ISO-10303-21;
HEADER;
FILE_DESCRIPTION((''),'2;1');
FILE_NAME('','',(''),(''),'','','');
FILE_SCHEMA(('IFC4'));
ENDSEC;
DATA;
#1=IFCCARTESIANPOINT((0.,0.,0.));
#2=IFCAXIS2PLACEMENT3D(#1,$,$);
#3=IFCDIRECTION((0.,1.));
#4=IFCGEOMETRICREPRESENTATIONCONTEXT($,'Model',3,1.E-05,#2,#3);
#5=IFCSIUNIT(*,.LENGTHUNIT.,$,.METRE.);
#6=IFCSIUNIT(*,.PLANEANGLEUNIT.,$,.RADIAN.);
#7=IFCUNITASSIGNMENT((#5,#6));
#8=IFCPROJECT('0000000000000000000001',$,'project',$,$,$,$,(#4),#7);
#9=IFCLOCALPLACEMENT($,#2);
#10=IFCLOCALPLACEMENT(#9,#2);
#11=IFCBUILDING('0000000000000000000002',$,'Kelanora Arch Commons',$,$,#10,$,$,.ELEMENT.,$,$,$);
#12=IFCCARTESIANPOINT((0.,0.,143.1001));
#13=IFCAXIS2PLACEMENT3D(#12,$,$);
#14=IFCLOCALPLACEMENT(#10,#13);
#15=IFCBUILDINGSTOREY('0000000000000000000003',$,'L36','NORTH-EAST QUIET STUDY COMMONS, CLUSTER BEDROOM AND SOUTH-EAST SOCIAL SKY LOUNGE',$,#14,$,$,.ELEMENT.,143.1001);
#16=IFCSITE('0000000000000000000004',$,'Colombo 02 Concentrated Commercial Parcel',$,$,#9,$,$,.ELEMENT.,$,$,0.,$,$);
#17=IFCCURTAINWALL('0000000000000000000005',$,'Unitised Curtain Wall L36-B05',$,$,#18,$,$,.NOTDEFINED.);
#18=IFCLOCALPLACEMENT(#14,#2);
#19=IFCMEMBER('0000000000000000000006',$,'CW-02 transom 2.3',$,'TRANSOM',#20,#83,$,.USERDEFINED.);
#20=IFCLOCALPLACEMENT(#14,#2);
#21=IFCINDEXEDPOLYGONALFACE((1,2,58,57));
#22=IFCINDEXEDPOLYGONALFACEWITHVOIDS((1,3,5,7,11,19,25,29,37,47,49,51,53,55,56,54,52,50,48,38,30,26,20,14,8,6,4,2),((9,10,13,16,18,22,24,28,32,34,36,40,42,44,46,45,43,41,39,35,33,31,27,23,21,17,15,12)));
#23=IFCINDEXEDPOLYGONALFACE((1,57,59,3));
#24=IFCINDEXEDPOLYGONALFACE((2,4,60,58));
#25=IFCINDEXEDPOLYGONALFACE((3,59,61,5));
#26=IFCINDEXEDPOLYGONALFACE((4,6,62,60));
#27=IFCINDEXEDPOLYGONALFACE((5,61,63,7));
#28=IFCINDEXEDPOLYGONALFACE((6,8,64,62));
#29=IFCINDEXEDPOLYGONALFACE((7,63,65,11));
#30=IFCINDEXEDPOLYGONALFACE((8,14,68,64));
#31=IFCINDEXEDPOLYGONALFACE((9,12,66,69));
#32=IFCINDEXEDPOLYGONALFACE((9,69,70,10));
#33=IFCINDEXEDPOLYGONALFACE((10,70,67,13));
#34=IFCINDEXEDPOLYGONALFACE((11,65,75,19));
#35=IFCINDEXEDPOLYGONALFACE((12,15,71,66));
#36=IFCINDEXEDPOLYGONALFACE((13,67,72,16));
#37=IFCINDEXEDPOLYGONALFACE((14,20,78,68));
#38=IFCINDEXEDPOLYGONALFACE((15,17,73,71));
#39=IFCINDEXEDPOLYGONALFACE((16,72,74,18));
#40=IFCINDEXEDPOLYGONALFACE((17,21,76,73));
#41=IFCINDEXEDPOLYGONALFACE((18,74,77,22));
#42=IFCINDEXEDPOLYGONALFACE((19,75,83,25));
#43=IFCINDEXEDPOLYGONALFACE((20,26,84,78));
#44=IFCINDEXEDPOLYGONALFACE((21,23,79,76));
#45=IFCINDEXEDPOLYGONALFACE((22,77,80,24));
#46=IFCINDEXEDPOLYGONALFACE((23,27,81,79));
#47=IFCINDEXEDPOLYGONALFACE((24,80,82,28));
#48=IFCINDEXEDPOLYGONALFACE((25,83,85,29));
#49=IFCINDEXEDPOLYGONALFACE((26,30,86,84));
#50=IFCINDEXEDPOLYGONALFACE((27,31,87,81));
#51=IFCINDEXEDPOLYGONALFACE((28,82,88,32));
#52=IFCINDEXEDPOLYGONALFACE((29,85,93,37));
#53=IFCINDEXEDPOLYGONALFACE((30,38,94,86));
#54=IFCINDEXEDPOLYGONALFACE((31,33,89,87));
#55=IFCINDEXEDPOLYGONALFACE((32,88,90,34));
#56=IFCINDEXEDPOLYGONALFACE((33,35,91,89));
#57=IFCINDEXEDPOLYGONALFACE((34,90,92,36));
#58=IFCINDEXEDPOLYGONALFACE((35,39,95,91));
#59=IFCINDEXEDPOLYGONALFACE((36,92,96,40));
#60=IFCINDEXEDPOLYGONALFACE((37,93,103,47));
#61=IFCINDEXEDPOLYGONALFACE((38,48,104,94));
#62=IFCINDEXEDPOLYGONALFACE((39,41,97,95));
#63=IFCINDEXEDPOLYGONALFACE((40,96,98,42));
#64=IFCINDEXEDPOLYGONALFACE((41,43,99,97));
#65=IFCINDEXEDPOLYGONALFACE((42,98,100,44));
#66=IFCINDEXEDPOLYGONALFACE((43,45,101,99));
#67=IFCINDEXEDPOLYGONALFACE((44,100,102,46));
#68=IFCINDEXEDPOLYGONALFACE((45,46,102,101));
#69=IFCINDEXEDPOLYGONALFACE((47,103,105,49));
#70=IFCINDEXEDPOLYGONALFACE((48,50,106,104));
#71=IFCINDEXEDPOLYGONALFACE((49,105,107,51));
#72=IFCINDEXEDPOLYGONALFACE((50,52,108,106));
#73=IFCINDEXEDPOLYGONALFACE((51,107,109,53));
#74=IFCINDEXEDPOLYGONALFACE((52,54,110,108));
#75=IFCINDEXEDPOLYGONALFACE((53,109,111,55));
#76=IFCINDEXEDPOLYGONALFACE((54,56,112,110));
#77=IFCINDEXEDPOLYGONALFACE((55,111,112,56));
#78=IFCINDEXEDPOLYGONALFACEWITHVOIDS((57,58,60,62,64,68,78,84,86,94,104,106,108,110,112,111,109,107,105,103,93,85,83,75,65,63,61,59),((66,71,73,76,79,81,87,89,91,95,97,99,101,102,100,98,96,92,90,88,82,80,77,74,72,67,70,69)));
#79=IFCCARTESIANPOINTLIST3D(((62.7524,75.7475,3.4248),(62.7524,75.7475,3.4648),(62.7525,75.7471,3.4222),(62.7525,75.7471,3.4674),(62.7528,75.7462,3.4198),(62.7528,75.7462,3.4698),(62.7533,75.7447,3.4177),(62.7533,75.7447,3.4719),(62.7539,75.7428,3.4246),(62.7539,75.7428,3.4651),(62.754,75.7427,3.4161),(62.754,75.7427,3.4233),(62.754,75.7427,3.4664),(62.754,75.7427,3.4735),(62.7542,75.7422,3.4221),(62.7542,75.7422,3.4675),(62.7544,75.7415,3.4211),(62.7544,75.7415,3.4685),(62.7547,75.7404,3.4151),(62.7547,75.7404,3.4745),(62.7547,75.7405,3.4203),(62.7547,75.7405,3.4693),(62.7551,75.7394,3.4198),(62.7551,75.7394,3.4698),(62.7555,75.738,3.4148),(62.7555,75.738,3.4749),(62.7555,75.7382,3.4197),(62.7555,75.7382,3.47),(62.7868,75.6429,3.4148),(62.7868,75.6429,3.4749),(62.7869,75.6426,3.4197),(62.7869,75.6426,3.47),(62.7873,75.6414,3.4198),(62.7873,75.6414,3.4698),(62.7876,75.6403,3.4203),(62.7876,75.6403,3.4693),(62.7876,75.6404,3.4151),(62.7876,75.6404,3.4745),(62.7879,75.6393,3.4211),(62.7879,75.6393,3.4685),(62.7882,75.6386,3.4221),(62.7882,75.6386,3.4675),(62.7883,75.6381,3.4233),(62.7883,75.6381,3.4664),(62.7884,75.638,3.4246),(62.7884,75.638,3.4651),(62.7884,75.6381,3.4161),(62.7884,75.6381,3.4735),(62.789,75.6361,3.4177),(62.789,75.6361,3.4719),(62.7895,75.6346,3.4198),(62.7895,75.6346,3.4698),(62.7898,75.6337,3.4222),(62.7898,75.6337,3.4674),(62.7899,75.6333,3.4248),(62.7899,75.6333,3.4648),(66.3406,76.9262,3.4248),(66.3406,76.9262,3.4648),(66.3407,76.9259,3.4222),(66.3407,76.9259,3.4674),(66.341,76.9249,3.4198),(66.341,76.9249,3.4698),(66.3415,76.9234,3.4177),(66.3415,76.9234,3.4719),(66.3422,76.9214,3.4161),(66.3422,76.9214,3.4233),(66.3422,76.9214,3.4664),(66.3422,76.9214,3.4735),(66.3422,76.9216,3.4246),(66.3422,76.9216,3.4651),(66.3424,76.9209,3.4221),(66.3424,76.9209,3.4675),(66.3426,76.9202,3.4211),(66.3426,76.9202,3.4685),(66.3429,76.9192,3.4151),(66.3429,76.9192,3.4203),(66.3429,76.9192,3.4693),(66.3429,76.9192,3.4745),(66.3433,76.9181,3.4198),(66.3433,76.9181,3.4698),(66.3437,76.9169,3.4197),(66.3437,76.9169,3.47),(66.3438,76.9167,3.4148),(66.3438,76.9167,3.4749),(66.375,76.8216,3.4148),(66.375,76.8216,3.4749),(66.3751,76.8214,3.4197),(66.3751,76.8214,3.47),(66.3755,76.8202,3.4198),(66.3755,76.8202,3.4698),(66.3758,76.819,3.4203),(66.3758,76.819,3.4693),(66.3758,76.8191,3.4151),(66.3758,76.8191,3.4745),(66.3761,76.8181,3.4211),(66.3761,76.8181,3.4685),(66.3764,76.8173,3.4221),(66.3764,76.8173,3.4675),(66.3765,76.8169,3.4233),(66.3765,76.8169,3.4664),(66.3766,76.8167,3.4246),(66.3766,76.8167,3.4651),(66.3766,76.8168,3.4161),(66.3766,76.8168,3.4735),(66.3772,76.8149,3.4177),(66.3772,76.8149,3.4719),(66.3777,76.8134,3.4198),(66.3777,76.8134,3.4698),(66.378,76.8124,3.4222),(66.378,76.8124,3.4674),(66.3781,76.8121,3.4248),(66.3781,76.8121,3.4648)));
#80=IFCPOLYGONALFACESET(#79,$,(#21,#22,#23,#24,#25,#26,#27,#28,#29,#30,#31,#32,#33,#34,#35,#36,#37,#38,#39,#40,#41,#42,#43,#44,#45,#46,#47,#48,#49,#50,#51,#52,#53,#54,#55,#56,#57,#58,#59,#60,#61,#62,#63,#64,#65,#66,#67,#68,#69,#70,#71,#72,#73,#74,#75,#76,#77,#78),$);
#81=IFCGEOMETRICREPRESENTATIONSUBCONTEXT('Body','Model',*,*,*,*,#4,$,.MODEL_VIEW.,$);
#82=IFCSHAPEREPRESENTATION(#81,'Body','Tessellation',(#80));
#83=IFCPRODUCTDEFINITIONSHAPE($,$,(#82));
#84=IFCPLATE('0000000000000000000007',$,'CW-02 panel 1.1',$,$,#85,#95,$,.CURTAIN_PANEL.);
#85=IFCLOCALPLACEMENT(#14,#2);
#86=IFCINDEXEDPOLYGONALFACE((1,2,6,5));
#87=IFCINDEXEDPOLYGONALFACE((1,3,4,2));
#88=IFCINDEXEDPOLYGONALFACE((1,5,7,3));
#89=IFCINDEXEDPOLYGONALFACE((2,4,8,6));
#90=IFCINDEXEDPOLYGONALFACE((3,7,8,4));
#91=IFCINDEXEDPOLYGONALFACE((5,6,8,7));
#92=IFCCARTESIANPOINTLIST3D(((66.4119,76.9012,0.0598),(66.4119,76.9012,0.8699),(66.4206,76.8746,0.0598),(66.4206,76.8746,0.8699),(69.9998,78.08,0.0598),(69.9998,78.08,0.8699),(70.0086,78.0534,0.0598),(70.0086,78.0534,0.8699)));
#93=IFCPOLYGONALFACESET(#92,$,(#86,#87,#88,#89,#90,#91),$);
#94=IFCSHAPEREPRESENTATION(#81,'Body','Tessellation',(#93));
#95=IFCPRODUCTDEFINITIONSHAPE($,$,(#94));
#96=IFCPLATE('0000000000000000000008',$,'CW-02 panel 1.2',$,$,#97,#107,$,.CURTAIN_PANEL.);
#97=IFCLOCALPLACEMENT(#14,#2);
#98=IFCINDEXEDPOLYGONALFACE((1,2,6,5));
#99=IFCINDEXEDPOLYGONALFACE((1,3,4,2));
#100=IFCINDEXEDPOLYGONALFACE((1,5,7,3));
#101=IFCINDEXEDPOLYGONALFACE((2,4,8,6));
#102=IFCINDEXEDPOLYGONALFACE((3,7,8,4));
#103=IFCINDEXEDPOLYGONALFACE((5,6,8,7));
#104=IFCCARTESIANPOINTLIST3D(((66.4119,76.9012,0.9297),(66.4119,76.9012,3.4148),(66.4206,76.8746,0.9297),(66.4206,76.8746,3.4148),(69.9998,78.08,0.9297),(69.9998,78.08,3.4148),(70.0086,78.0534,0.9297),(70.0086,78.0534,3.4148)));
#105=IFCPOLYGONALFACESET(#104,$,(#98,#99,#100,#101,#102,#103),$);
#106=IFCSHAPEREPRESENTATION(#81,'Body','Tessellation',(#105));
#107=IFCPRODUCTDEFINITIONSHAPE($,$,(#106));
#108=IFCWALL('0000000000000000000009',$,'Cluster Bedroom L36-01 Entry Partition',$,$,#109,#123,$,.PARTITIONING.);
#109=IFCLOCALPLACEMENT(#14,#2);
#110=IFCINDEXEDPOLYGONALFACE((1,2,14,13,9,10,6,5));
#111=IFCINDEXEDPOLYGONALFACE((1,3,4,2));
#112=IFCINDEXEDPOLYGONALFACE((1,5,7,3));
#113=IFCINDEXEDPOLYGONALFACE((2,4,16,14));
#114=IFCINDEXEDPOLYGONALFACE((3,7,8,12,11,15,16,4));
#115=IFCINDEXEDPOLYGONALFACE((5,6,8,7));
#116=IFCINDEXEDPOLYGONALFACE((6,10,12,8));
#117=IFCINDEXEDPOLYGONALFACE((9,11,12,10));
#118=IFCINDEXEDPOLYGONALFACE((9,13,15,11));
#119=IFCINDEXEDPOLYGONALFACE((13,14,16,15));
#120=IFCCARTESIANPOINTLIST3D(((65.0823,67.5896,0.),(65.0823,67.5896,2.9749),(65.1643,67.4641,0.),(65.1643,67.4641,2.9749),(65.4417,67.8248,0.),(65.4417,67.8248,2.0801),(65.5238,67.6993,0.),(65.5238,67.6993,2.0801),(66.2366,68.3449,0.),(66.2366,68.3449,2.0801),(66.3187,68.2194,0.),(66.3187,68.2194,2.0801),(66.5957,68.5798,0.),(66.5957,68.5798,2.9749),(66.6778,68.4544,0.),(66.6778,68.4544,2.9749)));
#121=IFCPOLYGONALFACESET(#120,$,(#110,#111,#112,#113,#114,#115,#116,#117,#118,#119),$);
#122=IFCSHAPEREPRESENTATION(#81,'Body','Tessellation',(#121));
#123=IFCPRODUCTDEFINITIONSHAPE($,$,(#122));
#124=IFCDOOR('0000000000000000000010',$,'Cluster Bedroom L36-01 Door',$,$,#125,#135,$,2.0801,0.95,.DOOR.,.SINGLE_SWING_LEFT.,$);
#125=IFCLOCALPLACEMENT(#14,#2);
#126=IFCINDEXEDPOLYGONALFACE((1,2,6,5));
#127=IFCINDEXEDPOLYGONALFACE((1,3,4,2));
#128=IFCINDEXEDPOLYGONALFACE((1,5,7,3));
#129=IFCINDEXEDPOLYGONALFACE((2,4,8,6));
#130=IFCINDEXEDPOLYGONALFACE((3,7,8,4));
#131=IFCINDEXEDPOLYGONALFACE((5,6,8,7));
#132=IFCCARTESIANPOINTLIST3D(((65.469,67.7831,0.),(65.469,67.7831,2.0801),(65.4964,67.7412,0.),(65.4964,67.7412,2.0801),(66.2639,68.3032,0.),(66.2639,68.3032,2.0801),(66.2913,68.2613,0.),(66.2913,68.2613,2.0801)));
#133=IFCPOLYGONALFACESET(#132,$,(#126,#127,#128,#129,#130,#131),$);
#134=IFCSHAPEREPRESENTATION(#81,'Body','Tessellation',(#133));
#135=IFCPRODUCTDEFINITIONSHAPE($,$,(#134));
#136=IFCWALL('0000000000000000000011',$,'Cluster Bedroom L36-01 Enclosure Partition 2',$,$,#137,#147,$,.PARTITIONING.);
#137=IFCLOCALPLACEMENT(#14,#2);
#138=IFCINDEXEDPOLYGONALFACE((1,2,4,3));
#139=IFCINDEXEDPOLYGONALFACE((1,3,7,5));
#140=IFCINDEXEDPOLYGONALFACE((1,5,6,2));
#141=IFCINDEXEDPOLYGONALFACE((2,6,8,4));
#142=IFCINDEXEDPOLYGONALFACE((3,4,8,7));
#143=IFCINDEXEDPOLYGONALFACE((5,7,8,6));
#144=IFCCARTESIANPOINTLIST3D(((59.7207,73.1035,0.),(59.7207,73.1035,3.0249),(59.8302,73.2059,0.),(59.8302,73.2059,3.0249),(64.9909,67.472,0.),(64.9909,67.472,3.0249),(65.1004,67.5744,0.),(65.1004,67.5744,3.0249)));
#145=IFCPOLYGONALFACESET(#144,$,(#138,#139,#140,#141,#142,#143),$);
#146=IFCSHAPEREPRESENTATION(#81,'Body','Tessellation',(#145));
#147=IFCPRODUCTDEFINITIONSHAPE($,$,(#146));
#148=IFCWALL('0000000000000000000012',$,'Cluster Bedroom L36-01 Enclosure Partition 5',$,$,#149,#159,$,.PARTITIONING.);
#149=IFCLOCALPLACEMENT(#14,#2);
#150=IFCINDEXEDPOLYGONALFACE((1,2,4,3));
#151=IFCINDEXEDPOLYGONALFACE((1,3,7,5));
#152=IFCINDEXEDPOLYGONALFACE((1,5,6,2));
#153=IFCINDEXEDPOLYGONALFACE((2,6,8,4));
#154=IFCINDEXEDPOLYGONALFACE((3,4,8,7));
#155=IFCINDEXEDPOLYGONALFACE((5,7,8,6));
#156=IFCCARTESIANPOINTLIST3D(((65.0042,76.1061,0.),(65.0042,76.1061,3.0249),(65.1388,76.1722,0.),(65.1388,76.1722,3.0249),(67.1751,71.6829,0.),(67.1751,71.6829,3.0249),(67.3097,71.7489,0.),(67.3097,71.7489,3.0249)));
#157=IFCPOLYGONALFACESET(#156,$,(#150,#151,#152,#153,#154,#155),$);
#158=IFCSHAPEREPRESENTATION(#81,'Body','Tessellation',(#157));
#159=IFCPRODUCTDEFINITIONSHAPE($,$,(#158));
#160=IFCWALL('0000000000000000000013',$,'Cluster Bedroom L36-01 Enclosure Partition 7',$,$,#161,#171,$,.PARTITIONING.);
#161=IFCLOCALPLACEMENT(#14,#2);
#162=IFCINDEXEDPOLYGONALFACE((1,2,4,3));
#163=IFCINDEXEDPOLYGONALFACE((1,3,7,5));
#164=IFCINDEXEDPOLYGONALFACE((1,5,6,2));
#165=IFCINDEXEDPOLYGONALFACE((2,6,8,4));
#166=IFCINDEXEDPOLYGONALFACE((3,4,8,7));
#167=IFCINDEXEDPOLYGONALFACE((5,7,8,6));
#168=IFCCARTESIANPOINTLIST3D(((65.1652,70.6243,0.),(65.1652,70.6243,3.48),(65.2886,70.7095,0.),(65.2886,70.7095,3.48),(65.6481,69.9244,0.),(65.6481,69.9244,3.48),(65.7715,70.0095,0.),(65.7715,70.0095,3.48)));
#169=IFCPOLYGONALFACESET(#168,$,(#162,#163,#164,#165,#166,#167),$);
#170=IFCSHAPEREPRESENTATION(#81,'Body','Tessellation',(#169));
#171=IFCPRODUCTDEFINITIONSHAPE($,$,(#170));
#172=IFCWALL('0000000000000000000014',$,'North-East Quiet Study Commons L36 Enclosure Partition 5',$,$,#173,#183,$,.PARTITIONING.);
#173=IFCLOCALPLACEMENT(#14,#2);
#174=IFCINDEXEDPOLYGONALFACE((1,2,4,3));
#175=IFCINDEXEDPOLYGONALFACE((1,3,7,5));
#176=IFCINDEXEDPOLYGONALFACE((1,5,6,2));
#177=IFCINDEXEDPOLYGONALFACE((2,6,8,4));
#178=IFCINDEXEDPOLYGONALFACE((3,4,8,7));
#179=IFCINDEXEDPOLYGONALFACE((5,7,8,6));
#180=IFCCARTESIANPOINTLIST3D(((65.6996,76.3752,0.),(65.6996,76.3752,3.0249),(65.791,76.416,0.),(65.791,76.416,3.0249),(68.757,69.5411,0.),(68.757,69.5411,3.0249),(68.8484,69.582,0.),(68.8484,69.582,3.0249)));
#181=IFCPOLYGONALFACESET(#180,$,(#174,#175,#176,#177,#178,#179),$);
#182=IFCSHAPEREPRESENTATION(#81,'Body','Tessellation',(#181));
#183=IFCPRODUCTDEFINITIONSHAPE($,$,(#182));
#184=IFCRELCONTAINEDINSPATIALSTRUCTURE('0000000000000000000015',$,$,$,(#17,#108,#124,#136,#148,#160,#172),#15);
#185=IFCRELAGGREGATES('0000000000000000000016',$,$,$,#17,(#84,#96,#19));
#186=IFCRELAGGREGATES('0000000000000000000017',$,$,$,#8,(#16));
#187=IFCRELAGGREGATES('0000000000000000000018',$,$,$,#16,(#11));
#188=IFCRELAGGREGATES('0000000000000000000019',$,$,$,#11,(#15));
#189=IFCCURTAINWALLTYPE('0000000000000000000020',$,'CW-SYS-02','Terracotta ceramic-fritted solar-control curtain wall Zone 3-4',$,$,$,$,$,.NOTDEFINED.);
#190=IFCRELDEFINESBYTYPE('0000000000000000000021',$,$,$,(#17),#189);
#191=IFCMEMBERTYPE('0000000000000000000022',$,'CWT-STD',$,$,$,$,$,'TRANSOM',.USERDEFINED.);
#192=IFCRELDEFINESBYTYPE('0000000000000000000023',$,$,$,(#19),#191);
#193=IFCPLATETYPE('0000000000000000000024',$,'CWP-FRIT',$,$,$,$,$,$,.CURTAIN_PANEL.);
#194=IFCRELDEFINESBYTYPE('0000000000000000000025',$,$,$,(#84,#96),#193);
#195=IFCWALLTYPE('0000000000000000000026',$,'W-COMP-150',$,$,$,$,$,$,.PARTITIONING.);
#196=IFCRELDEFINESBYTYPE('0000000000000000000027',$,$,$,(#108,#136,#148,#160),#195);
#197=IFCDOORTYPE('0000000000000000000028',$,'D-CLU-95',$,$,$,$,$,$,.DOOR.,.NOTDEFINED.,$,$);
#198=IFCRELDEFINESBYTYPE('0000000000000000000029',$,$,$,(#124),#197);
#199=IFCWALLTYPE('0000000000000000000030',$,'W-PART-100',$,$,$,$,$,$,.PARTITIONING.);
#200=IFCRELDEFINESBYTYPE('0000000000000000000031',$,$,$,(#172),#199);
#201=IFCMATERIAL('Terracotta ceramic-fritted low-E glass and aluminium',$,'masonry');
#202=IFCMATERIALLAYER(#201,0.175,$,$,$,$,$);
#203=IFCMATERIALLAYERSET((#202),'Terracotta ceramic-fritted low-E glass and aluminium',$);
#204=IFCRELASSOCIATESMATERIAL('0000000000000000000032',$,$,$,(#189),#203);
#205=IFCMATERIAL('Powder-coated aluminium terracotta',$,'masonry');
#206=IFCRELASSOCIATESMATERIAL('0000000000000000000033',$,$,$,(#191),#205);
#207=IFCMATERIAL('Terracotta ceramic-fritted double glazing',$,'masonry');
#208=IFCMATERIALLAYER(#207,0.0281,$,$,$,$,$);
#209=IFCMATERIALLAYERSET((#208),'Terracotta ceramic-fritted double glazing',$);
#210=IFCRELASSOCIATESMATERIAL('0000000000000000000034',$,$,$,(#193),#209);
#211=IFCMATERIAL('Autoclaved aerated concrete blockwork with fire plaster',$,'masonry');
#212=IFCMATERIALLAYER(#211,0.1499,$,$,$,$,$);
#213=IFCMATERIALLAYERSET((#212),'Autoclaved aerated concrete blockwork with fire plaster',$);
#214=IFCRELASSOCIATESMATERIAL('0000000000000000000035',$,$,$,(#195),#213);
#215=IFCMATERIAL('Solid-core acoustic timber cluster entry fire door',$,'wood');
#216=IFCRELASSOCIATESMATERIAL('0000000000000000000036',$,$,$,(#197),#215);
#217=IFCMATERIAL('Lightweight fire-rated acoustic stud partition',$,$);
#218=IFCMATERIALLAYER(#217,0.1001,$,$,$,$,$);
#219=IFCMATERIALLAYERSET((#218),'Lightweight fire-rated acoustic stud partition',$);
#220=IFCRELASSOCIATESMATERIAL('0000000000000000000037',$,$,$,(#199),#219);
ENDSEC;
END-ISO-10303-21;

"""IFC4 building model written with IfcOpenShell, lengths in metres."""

from ifc_helpers import new_model, si_unit, direction, frame, frame_2d, origin, origin_2d, place, context, subcontext, project, spatial, rectangle, hollow_rectangle, extrude, source, transform, mapped, material, layer, layer_set, material_profile, profile_set, type_object, element, fill, aggregate, save


model = new_model("IFC4")

# Units and contexts
model_context = context("Model", 3, precision=1e-05, world=origin(), true_north=direction((0.0, 1.0)))
body_context = subcontext(model_context, "Body", "Model", "MODEL_VIEW")
ifc_project = project(units=[si_unit("LENGTHUNIT", "METRE"), si_unit("PLANEANGLEUNIT", "RADIAN")], contexts=[model_context])

# Site, building, storey
site_placement = place(None, origin())
site = spatial("IfcSite", under=ifc_project, at=site_placement, Name="Colombo 02 Concentrated Commercial Parcel", CompositionType="ELEMENT", RefElevation=0.0)
building_placement = place(site_placement, origin())
building = spatial("IfcBuilding", under=site, at=building_placement, Name="Kelanora Arch Commons", CompositionType="ELEMENT")
storey_placement = place(building_placement, frame((0.0, 0.0, 143.1001)))
storey = spatial("IfcBuildingStorey", under=building, at=storey_placement, Name="L36", Description="NORTH-EAST QUIET STUDY COMMONS, CLUSTER BEDROOM AND SOUTH-EAST SOCIAL SKY LOUNGE", CompositionType="ELEMENT", Elevation=143.1001)

# Curtain wall, member, plates
ifc_material_1 = material(Name="Terracotta ceramic-fritted low-E glass and aluminium", Category="masonry")
ifc_layer_1 = layer(ifc_material_1, 0.175)
ifc_layer_set_1 = layer_set([ifc_layer_1], Name="Terracotta ceramic-fritted low-E glass and aluminium")
curtain_wall_type = type_object("IfcCurtainWallType", Name="CW-SYS-02", Description="Terracotta ceramic-fritted solar-control curtain wall Zone 3-4", PredefinedType="NOTDEFINED", material=ifc_layer_set_1)
curtain_wall_placement = place(storey_placement, origin())
curtain_wall = element("IfcCurtainWall", 1, at=curtain_wall_placement, inside=storey, type_object=curtain_wall_type, Name="Unitised Curtain Wall L36-B05", PredefinedType="NOTDEFINED")
ifc_material_2 = material(Name="Powder-coated aluminium terracotta", Category="masonry")
ifc_material_profile_1 = material_profile(ifc_material_2, hollow_rectangle(XDim=0.1201, YDim=0.0601, WallThickness=0.0049, InnerFilletRadius=0.0049, OuterFilletRadius=0.01, at=origin_2d()), Name="CWT120x60")
ifc_profile_set_1 = profile_set([ifc_material_profile_1], Name="Powder-coated aluminium terracotta")
member_type_1 = type_object("IfcMemberType", Name="CWT-STD", ElementType="TRANSOM", PredefinedType="USERDEFINED", material=ifc_profile_set_1)
member_1_placement = place(storey_placement, frame((66.3594, 76.8691, 3.4448), z_axis=(-0.950051, -0.312094, 0.0), x_axis=(0.312094, -0.950051, 0.0)))
member_1 = element("IfcMember", 2, at=member_1_placement, type_object=member_type_1, Name="CW-02 transom 2.3", ObjectType="TRANSOM", PredefinedType="USERDEFINED", context=body_context, shape_type="SweptSolid", body=[
    extrude(hollow_rectangle(XDim=0.1201, YDim=0.0601, WallThickness=0.0049, InnerFilletRadius=0.0049, OuterFilletRadius=0.01, at=origin_2d()), origin(), (0.0, 0.0, 1.0), 3.7769),
])
ifc_material_3 = material(Name="Terracotta ceramic-fritted double glazing", Category="masonry")
ifc_layer_2 = layer(ifc_material_3, 0.0281)
ifc_layer_set_2 = layer_set([ifc_layer_2], Name="Terracotta ceramic-fritted double glazing")
plate_type = type_object("IfcPlateType", Name="CWP-FRIT", PredefinedType="CURTAIN_PANEL", material=ifc_layer_set_2)
shared_shape_1 = source(origin(), body_context, "Body", "SweptSolid", [
    extrude(rectangle(XDim=3.7766, YDim=0.0281, at=origin_2d()), origin(), (0.0, 0.0, 1.0), 0.8101),
])
plate_1_placement = place(storey_placement, frame((68.2102, 77.4773, 0.0598), z_axis=(0.0, 0.0, 1.0), x_axis=(-0.95004, -0.312128, 0.0)))
plate_1 = element("IfcPlate", 3, at=plate_1_placement, type_object=plate_type, Name="CW-02 panel 1.1", PredefinedType="CURTAIN_PANEL", context=body_context, shape_type="MappedRepresentation", body=[
    mapped(shared_shape_1, transform((0.0, 0.0, 0.0), scale=1.0)),
])
shared_shape_2 = source(origin(), body_context, "Body", "SweptSolid", [
    extrude(rectangle(XDim=3.7766, YDim=0.0281, at=origin_2d()), origin(), (0.0, 0.0, 1.0), 2.4851),
])
plate_2_placement = place(storey_placement, frame((68.2102, 77.4773, 0.9297), z_axis=(0.0, 0.0, 1.0), x_axis=(-0.95004, -0.312128, 0.0)))
plate_2 = element("IfcPlate", 4, at=plate_2_placement, type_object=plate_type, Name="CW-02 panel 1.2", PredefinedType="CURTAIN_PANEL", context=body_context, shape_type="MappedRepresentation", body=[
    mapped(shared_shape_2, transform((0.0, 0.0, 0.0), scale=1.0)),
])
aggregate(curtain_wall, [plate_1, plate_2, member_1])

# Wall, opening, door
ifc_material_4 = material(Name="Autoclaved aerated concrete blockwork with fire plaster", Category="masonry")
ifc_layer_3 = layer(ifc_material_4, 0.1499)
ifc_layer_set_3 = layer_set([ifc_layer_3], Name="Autoclaved aerated concrete blockwork with fire plaster")
wall_type_1 = type_object("IfcWallType", Name="W-COMP-150", PredefinedType="PARTITIONING", material=ifc_layer_set_3)
wall_1_placement = place(storey_placement, frame((66.6367, 68.5171, 0.0), z_axis=(0.0, 0.0, 1.0), x_axis=(-0.836796, -0.547515, 0.0)))
wall_1 = element("IfcWall", 5, at=wall_1_placement, inside=storey, type_object=wall_type_1, Name="Cluster Bedroom L36-01 Entry Partition", PredefinedType="PARTITIONING", context=body_context, shape_type="SweptSolid", body=[
    extrude(rectangle(XDim=1.8086, YDim=0.1499, at=frame_2d((0.9043, 0.0))), origin(), (0.0, 0.0, 1.0), 2.9749),
])
opening_1_placement = place(wall_1_placement, frame((0.429, 0.0, 0.0)))
opening_1 = element("IfcOpeningElement", 6, at=opening_1_placement, cuts=wall_1, PredefinedType="OPENING", context=body_context, shape_type="SweptSolid", body=[
    extrude(rectangle(XDim=0.95, YDim=2.0801, at=frame_2d((0.4751, 1.04))), frame((0.0, 0.085, 0.0), z_axis=(0.0, -1.0, 0.0), x_axis=(1.0, 0.0, 0.0)), (0.0, 0.0, 1.0), 0.1699),
])
ifc_material_5 = material(Name="Solid-core acoustic timber cluster entry fire door", Category="wood")
door_type_1 = type_object("IfcDoorType", Name="D-CLU-95", OperationType="NOTDEFINED", PredefinedType="DOOR", material=ifc_material_5)
door_1_placement = place(opening_1_placement, origin())
door_1 = element("IfcDoor", 7, at=door_1_placement, inside=storey, type_object=door_type_1, Name="Cluster Bedroom L36-01 Door", OperationType="SINGLE_SWING_LEFT", OverallHeight=2.0801, OverallWidth=0.95, PredefinedType="DOOR", context=body_context, shape_type="SweptSolid", body=[
    extrude(rectangle(XDim=0.95, YDim=2.0801, at=frame_2d((0.4751, 1.04))), frame((0.0, 0.0249, 0.0), z_axis=(0.0, -1.0, 0.0), x_axis=(1.0, 0.0, 0.0)), (0.0, 0.0, 1.0), 0.05),
])
fill(opening_1, door_1)

# Walls
wall_2_placement = place(storey_placement, frame((65.0457, 67.5232, 0.0), z_axis=(0.0, 0.0, 1.0), x_axis=(-0.683295, 0.730142, 0.0)))
element("IfcWall", 8, at=wall_2_placement, inside=storey, type_object=wall_type_1, Name="Cluster Bedroom L36-01 Enclosure Partition 2", PredefinedType="PARTITIONING", context=body_context, shape_type="SweptSolid", body=[
    extrude(rectangle(XDim=7.7129, YDim=0.1499, at=frame_2d((3.8564, 0.0))), origin(), (0.0, 0.0, 1.0), 3.0249),
])
wall_3_placement = place(storey_placement, frame((65.0715, 76.1392, 0.0), z_axis=(0.0, 0.0, 1.0), x_axis=(0.440582, -0.897713, 0.0)))
element("IfcWall", 9, at=wall_3_placement, inside=storey, type_object=wall_type_1, Name="Cluster Bedroom L36-01 Enclosure Partition 5", PredefinedType="PARTITIONING", context=body_context, shape_type="SweptSolid", body=[
    extrude(rectangle(XDim=4.9272, YDim=0.1499, at=frame_2d((2.4636, 0.0))), origin(), (0.0, 0.0, 1.0), 3.0249),
])
wall_4_placement = place(storey_placement, frame((65.2268, 70.667, 0.0), z_axis=(0.0, 0.0, 1.0), x_axis=(0.567881, -0.823111, 0.0)))
element("IfcWall", 10, at=wall_4_placement, inside=storey, type_object=wall_type_1, Name="Cluster Bedroom L36-01 Enclosure Partition 7", PredefinedType="PARTITIONING", context=body_context, shape_type="SweptSolid", body=[
    extrude(rectangle(XDim=0.8503, YDim=0.1499, at=frame_2d((0.4253, 0.0))), origin(), (0.0, 0.0, 1.0), 3.48),
])
ifc_material_6 = material(Name="Lightweight fire-rated acoustic stud partition")
ifc_layer_4 = layer(ifc_material_6, 0.1001)
ifc_layer_set_4 = layer_set([ifc_layer_4], Name="Lightweight fire-rated acoustic stud partition")
wall_type_2 = type_object("IfcWallType", Name="W-PART-100", PredefinedType="PARTITIONING", material=ifc_layer_set_4)
wall_5_placement = place(storey_placement, frame((68.8027, 69.5615, 0.0), z_axis=(0.0, 0.0, 1.0), x_axis=(-0.408373, 0.912815, 0.0)))
element("IfcWall", 11, at=wall_5_placement, inside=storey, type_object=wall_type_2, Name="North-East Quiet Study Commons L36 Enclosure Partition 5", PredefinedType="PARTITIONING", context=body_context, shape_type="SweptSolid", body=[
    extrude(rectangle(XDim=7.4868, YDim=0.1001, at=frame_2d((3.7434, 0.0))), origin(), (0.0, 0.0, 1.0), 3.0249),
])

save(model, "model.ifc")
